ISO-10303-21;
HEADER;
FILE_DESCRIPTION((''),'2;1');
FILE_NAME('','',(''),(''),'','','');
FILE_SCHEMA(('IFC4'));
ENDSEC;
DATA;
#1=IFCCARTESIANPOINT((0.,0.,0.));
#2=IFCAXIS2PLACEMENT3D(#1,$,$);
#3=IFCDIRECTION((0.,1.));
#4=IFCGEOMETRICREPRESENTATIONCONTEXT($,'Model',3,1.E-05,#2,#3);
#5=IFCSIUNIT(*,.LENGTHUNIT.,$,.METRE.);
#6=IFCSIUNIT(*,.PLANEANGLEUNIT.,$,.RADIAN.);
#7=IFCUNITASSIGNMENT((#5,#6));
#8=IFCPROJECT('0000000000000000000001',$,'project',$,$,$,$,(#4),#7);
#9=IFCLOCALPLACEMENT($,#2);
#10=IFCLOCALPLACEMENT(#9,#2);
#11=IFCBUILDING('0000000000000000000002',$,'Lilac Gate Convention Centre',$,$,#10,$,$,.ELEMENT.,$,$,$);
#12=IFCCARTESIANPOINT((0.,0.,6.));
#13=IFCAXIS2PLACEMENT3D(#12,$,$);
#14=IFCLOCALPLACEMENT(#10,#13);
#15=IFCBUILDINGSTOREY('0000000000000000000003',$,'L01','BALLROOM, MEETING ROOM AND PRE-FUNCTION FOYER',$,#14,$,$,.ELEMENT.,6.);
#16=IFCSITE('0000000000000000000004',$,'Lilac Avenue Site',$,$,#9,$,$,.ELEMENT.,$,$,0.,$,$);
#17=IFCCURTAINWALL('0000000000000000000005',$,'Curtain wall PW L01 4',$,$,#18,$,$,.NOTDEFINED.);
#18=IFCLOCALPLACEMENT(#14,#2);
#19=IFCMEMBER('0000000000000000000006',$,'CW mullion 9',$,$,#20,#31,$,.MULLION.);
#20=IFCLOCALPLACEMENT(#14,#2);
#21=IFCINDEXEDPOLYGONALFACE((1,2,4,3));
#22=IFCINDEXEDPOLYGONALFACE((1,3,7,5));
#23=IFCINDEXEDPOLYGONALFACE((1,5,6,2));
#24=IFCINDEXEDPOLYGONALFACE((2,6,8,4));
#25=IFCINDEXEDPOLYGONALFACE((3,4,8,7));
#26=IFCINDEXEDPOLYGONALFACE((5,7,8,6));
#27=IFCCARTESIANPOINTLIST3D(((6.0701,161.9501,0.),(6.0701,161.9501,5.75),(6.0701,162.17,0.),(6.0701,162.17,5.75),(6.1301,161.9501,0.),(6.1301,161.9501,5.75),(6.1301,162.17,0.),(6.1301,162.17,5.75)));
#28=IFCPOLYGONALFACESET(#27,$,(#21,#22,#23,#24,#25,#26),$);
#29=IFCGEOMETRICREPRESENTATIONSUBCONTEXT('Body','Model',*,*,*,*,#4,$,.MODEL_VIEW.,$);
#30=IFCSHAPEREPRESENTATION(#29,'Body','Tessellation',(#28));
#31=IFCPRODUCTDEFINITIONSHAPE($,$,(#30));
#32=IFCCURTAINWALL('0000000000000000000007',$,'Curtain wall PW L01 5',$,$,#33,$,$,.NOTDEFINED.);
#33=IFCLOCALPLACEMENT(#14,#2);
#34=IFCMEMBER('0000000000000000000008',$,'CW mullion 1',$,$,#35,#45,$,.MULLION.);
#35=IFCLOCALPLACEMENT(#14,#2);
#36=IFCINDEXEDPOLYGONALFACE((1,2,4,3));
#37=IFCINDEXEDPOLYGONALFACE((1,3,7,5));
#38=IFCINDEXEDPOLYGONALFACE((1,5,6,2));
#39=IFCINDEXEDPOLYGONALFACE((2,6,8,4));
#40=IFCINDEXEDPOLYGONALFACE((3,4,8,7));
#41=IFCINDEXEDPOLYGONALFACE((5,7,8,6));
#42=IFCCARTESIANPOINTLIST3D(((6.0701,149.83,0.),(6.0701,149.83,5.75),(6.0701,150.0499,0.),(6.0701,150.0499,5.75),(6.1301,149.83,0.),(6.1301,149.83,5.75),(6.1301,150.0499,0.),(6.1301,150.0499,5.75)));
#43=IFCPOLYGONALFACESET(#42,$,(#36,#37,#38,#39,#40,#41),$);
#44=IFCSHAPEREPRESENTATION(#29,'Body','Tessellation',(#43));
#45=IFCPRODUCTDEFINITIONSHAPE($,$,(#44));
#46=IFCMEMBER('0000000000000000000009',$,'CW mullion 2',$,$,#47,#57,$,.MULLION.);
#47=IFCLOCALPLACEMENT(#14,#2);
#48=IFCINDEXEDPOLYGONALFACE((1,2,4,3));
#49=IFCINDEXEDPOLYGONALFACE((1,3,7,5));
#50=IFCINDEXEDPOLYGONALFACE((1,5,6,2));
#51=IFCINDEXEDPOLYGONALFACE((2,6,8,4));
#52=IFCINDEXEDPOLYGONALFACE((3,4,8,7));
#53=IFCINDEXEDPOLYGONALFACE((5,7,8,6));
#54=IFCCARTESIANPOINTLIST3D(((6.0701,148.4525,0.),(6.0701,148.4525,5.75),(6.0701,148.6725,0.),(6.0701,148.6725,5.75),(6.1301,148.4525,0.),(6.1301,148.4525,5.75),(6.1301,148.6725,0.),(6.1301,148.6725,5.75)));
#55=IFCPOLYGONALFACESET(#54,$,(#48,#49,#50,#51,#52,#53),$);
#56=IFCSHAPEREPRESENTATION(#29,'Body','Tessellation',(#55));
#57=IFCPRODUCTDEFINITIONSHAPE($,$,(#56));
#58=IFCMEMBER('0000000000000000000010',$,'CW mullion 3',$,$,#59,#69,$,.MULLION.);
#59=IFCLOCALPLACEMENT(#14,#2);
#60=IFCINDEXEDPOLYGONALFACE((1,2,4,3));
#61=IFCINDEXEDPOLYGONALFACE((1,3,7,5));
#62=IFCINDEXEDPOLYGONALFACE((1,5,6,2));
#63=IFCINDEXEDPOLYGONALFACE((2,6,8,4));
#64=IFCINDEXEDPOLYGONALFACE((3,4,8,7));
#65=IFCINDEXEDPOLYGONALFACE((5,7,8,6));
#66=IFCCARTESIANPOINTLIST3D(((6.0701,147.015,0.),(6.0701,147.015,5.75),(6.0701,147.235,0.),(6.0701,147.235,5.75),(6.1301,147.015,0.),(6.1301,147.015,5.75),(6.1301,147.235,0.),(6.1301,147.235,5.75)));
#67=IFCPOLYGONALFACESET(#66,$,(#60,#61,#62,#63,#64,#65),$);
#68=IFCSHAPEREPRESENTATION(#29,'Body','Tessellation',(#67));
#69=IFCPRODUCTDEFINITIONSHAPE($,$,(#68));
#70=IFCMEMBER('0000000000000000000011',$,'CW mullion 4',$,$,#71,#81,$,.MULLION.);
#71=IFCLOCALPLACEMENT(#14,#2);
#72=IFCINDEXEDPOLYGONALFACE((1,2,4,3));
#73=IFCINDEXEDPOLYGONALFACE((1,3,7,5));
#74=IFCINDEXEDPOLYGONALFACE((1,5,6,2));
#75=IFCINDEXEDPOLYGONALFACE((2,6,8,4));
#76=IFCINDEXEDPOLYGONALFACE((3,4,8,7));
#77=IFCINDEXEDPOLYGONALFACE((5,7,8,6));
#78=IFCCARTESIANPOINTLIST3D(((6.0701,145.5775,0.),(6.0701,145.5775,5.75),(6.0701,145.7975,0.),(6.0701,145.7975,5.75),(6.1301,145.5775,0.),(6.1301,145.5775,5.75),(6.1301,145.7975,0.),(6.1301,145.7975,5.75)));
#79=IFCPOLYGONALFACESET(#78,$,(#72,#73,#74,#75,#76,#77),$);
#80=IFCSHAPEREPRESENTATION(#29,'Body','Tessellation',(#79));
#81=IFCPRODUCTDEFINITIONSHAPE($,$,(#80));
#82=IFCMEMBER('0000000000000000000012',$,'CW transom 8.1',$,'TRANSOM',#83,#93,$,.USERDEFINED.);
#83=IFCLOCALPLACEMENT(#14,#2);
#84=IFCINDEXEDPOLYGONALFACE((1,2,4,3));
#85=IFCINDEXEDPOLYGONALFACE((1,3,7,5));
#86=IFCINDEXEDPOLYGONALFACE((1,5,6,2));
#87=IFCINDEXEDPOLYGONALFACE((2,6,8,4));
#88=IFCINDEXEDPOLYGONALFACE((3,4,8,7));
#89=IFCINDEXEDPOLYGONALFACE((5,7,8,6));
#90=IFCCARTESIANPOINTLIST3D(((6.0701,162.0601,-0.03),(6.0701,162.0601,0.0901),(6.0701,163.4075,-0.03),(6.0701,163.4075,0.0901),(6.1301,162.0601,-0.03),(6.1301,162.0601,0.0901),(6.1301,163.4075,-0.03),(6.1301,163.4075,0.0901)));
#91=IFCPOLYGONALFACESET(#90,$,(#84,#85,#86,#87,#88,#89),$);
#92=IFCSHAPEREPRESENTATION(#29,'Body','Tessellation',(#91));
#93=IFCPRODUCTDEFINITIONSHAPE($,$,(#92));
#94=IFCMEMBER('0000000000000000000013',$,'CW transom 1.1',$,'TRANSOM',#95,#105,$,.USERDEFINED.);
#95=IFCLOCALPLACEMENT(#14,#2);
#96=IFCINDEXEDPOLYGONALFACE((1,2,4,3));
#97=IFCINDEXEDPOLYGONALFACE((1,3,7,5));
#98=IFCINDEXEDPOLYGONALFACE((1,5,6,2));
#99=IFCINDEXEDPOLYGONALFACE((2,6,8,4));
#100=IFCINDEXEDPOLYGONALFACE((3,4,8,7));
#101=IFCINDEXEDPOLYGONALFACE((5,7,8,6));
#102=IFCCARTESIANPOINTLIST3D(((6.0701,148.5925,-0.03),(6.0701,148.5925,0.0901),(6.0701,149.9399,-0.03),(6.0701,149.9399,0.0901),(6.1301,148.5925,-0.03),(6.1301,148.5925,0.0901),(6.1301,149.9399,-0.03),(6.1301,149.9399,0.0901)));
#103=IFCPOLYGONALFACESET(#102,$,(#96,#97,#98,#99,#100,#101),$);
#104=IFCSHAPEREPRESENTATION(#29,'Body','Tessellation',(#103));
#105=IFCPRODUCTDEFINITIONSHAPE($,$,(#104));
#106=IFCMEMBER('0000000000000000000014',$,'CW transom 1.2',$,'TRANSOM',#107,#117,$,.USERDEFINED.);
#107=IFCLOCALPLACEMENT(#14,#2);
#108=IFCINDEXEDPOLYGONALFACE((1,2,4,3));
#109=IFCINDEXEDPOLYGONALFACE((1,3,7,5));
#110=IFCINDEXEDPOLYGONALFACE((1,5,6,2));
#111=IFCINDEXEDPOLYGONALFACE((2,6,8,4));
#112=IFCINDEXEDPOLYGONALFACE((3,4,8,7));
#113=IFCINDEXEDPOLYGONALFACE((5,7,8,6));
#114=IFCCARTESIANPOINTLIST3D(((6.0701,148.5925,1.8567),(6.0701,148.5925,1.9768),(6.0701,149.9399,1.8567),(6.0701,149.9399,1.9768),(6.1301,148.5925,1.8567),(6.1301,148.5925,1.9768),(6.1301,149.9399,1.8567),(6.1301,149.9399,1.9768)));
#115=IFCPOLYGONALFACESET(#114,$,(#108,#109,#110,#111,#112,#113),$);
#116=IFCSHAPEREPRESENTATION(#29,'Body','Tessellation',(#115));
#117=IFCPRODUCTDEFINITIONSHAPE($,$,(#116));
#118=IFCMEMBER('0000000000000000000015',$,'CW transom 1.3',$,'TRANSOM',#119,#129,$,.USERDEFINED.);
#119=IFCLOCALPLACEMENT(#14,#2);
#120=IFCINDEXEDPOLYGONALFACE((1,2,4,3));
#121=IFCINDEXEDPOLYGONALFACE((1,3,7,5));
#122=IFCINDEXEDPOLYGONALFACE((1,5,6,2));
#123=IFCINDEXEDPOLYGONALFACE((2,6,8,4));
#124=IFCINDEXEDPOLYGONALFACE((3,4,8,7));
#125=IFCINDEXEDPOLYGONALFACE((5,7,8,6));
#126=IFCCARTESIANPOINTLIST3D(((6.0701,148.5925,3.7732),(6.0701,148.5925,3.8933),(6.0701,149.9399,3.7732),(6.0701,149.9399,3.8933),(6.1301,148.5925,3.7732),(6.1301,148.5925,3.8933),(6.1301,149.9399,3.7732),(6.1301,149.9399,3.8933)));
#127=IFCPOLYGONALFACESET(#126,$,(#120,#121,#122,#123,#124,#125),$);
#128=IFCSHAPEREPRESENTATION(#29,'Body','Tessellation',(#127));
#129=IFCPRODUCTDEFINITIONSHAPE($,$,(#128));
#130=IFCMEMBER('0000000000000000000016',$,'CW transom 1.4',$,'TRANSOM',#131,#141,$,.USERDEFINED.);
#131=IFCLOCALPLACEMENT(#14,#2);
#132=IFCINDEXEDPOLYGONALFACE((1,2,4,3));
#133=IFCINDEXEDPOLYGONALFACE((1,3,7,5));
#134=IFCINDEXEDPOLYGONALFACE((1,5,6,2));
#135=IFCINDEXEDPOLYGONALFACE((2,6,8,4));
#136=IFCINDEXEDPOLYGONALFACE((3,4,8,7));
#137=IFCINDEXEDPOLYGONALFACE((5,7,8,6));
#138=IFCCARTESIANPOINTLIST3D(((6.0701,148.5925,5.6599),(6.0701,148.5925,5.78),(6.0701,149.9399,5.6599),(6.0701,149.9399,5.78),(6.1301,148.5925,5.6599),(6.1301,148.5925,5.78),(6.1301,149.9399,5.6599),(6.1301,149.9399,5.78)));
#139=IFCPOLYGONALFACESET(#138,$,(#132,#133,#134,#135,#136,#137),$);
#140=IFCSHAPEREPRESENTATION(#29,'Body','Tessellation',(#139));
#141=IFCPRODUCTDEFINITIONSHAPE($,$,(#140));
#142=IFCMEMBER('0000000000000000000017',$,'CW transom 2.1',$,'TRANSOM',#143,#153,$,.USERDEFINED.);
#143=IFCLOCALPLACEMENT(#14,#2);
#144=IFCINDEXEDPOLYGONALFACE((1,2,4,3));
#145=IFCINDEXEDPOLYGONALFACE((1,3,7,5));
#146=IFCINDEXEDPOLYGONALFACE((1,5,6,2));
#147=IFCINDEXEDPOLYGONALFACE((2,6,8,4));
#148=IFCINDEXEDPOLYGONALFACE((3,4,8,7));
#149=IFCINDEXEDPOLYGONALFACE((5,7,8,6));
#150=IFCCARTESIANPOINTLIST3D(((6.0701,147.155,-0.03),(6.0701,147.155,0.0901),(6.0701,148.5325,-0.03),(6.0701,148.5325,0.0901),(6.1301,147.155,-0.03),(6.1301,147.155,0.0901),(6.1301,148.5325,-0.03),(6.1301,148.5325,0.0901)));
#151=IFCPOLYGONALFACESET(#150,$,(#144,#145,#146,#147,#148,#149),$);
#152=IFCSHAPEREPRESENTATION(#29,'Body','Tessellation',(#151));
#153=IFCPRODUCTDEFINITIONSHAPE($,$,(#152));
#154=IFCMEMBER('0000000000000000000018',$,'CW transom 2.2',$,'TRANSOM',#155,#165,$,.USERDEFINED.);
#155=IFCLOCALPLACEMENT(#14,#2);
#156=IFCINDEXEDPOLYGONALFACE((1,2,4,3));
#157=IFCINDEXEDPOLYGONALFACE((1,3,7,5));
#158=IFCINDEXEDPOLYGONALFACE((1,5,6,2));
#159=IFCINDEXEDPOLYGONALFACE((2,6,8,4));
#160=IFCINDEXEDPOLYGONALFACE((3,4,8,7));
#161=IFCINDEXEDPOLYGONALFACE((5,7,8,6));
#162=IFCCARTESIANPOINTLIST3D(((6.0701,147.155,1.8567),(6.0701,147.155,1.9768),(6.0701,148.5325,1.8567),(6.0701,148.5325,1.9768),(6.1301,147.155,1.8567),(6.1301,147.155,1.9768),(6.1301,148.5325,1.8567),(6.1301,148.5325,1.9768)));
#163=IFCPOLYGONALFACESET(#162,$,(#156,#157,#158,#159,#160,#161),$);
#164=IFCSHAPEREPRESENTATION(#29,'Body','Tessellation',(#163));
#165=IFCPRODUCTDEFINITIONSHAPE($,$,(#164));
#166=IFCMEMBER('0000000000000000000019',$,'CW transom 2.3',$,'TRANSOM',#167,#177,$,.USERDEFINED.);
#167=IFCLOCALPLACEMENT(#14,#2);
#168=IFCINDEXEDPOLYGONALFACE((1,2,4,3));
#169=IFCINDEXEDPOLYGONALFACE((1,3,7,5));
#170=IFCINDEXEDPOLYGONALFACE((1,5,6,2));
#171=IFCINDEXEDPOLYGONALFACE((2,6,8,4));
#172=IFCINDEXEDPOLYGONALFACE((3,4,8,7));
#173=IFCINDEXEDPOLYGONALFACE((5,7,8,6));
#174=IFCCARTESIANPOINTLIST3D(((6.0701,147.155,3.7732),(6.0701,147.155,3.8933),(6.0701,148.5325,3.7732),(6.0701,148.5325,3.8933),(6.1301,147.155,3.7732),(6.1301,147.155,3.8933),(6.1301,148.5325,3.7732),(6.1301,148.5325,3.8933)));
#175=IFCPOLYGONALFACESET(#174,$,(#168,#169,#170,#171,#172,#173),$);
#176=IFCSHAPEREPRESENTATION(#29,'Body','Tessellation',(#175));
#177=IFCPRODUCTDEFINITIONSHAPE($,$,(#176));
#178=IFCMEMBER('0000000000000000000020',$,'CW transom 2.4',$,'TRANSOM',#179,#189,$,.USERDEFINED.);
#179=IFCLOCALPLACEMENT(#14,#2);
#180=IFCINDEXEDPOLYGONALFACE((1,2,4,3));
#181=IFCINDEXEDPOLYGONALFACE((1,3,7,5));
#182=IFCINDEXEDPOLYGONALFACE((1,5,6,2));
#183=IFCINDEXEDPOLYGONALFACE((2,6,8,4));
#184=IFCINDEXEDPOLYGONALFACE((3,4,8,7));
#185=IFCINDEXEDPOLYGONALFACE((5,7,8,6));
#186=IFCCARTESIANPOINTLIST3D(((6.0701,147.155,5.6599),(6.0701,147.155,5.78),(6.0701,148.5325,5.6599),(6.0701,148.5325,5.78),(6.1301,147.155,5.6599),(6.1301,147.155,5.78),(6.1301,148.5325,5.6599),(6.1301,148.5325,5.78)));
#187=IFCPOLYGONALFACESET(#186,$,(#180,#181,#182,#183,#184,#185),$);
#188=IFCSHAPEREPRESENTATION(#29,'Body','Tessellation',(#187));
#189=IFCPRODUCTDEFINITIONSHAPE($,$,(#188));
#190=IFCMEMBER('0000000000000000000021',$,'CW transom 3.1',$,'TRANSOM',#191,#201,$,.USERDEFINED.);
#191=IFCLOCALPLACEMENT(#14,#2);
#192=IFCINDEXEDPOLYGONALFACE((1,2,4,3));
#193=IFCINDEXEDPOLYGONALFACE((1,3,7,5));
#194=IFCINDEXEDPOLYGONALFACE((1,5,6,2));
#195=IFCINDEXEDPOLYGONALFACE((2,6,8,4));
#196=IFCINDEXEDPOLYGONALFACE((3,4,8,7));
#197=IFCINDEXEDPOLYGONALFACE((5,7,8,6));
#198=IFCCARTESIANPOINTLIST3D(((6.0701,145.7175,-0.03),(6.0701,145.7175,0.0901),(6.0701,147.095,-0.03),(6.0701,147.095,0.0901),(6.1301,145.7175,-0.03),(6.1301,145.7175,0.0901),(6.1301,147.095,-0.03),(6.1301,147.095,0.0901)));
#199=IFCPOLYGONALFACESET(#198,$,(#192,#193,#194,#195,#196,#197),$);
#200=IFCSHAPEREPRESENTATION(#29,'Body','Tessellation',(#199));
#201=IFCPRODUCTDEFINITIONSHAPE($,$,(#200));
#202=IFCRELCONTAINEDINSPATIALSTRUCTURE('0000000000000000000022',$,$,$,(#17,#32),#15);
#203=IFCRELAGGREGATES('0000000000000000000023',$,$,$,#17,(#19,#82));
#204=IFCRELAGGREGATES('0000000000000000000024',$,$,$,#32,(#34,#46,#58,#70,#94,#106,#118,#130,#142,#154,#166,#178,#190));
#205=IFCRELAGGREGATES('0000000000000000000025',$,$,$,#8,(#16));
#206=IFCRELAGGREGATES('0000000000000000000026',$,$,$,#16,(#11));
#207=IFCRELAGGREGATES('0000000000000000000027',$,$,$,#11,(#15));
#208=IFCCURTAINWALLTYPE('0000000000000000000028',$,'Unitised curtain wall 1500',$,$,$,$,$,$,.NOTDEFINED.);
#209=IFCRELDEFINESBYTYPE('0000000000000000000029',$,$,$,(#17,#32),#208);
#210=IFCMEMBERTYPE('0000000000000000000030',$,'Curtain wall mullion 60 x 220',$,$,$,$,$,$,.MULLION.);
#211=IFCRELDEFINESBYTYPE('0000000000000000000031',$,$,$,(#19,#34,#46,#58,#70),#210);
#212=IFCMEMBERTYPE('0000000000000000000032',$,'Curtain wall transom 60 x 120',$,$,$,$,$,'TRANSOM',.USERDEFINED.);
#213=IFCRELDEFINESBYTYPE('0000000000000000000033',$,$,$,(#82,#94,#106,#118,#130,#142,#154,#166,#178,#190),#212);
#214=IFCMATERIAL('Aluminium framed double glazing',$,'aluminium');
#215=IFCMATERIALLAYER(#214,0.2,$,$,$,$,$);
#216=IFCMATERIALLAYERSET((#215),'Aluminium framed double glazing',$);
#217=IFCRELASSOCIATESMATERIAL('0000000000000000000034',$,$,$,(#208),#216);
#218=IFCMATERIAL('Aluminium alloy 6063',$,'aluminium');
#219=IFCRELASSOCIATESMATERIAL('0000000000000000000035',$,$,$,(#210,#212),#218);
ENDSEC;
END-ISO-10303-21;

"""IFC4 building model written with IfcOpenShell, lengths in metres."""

from ifc_helpers import new_model, si_unit, direction, frame, origin, origin_2d, place, context, subcontext, project, spatial, rectangle, extrude, material, layer, layer_set, material_profile, profile_set, type_object, element, aggregate, save


model = new_model("IFC4")

# Units and contexts
model_context = context("Model", 3, precision=1e-05, world=origin(), true_north=direction((0.0, 1.0)))
body_context = subcontext(model_context, "Body", "Model", "MODEL_VIEW")
ifc_project = project(units=[si_unit("LENGTHUNIT", "METRE"), si_unit("PLANEANGLEUNIT", "RADIAN")], contexts=[model_context])

# Site, building, storey
site_placement = place(None, origin())
site = spatial("IfcSite", under=ifc_project, at=site_placement, Name="Lilac Avenue Site", CompositionType="ELEMENT", RefElevation=0.0)
building_placement = place(site_placement, origin())
building = spatial("IfcBuilding", under=site, at=building_placement, Name="Lilac Gate Convention Centre", CompositionType="ELEMENT")
storey_placement = place(building_placement, frame((0.0, 0.0, 6.0)))
storey = spatial("IfcBuildingStorey", under=building, at=storey_placement, Name="L01", Description="BALLROOM, MEETING ROOM AND PRE-FUNCTION FOYER", CompositionType="ELEMENT", Elevation=6.0)

# Curtain wall, member
ifc_material_1 = material(Name="Aluminium framed double glazing", Category="aluminium")
ifc_layer_1 = layer(ifc_material_1, 0.2)
ifc_layer_set_1 = layer_set([ifc_layer_1], Name="Aluminium framed double glazing")
curtain_wall_type = type_object("IfcCurtainWallType", Name="Unitised curtain wall 1500", PredefinedType="NOTDEFINED", material=ifc_layer_set_1)
curtain_wall_1_placement = place(storey_placement, origin())
curtain_wall_1 = element("IfcCurtainWall", 1, at=curtain_wall_1_placement, inside=storey, type_object=curtain_wall_type, Name="Curtain wall PW L01 4", PredefinedType="NOTDEFINED")
ifc_material_2 = material(Name="Aluminium alloy 6063", Category="aluminium")
ifc_material_profile_1 = material_profile(ifc_material_2, rectangle(XDim=0.0601, YDim=0.22, at=origin_2d()), Name="Curtain wall mullion 60 x 220")
ifc_profile_set_1 = profile_set([ifc_material_profile_1], Name="Aluminium alloy 6063")
member_type_1 = type_object("IfcMemberType", Name="Curtain wall mullion 60 x 220", PredefinedType="MULLION", material=ifc_profile_set_1)
member_1_placement = place(storey_placement, frame((6.1001, 162.0601, 0.0), z_axis=(0.0, 0.0, 1.0), x_axis=(1.0, 0.0, 0.0)))
member_1 = element("IfcMember", 2, at=member_1_placement, type_object=member_type_1, Name="CW mullion 9", PredefinedType="MULLION", context=body_context, shape_type="SweptSolid", body=[
    extrude(rectangle(XDim=0.0601, YDim=0.22, at=origin_2d()), origin(), (0.0, 0.0, 1.0), 5.75),
])

# Curtain wall, members
curtain_wall_2_placement = place(storey_placement, origin())
curtain_wall_2 = element("IfcCurtainWall", 3, at=curtain_wall_2_placement, inside=storey, type_object=curtain_wall_type, Name="Curtain wall PW L01 5", PredefinedType="NOTDEFINED")
member_2_placement = place(storey_placement, frame((6.1001, 149.9399, 0.0), z_axis=(0.0, 0.0, 1.0), x_axis=(1.0, 0.0, 0.0)))
member_2 = element("IfcMember", 4, at=member_2_placement, type_object=member_type_1, Name="CW mullion 1", PredefinedType="MULLION", context=body_context, shape_type="SweptSolid", body=[
    extrude(rectangle(XDim=0.0601, YDim=0.22, at=origin_2d()), origin(), (0.0, 0.0, 1.0), 5.75),
])
member_3_placement = place(storey_placement, frame((6.1001, 148.5625, 0.0), z_axis=(0.0, 0.0, 1.0), x_axis=(1.0, 0.0, 0.0)))
member_3 = element("IfcMember", 5, at=member_3_placement, type_object=member_type_1, Name="CW mullion 2", PredefinedType="MULLION", context=body_context, shape_type="SweptSolid", body=[
    extrude(rectangle(XDim=0.0601, YDim=0.22, at=origin_2d()), origin(), (0.0, 0.0, 1.0), 5.75),
])
member_4_placement = place(storey_placement, frame((6.1001, 147.125, 0.0), z_axis=(0.0, 0.0, 1.0), x_axis=(1.0, 0.0, 0.0)))
member_4 = element("IfcMember", 6, at=member_4_placement, type_object=member_type_1, Name="CW mullion 3", PredefinedType="MULLION", context=body_context, shape_type="SweptSolid", body=[
    extrude(rectangle(XDim=0.0601, YDim=0.22, at=origin_2d()), origin(), (0.0, 0.0, 1.0), 5.75),
])
member_5_placement = place(storey_placement, frame((6.1001, 145.6875, 0.0), z_axis=(0.0, 0.0, 1.0), x_axis=(1.0, 0.0, 0.0)))
member_5 = element("IfcMember", 7, at=member_5_placement, type_object=member_type_1, Name="CW mullion 4", PredefinedType="MULLION", context=body_context, shape_type="SweptSolid", body=[
    extrude(rectangle(XDim=0.0601, YDim=0.22, at=origin_2d()), origin(), (0.0, 0.0, 1.0), 5.75),
])

# Members
ifc_material_profile_2 = material_profile(ifc_material_2, rectangle(XDim=0.0601, YDim=0.1201, at=origin_2d()), Name="Curtain wall transom 60 x 120")
ifc_profile_set_2 = profile_set([ifc_material_profile_2], Name="Aluminium alloy 6063")
member_type_2 = type_object("IfcMemberType", Name="Curtain wall transom 60 x 120", ElementType="TRANSOM", PredefinedType="USERDEFINED", material=ifc_profile_set_2)
member_6_placement = place(storey_placement, frame((6.1001, 163.4075, 0.03), z_axis=(0.0, -1.0, 0.0), x_axis=(1.0, 0.0, 0.0)))
member_6 = element("IfcMember", 8, at=member_6_placement, type_object=member_type_2, Name="CW transom 8.1", ObjectType="TRANSOM", PredefinedType="USERDEFINED", context=body_context, shape_type="SweptSolid", body=[
    extrude(rectangle(XDim=0.0601, YDim=0.1201, at=origin_2d()), origin(), (0.0, 0.0, 1.0), 1.3474),
])
member_7_placement = place(storey_placement, frame((6.1001, 149.9399, 0.03), z_axis=(0.0, -1.0, 0.0), x_axis=(1.0, 0.0, 0.0)))
member_7 = element("IfcMember", 9, at=member_7_placement, type_object=member_type_2, Name="CW transom 1.1", ObjectType="TRANSOM", PredefinedType="USERDEFINED", context=body_context, shape_type="SweptSolid", body=[
    extrude(rectangle(XDim=0.0601, YDim=0.1201, at=origin_2d()), origin(), (0.0, 0.0, 1.0), 1.3474),
])
member_8_placement = place(storey_placement, frame((6.1001, 149.9399, 1.9167), z_axis=(0.0, -1.0, 0.0), x_axis=(1.0, 0.0, 0.0)))
member_8 = element("IfcMember", 10, at=member_8_placement, type_object=member_type_2, Name="CW transom 1.2", ObjectType="TRANSOM", PredefinedType="USERDEFINED", context=body_context, shape_type="SweptSolid", body=[
    extrude(rectangle(XDim=0.0601, YDim=0.1201, at=origin_2d()), origin(), (0.0, 0.0, 1.0), 1.3474),
])
member_9_placement = place(storey_placement, frame((6.1001, 149.9399, 3.8333), z_axis=(0.0, -1.0, 0.0), x_axis=(1.0, 0.0, 0.0)))
member_9 = element("IfcMember", 11, at=member_9_placement, type_object=member_type_2, Name="CW transom 1.3", ObjectType="TRANSOM", PredefinedType="USERDEFINED", context=body_context, shape_type="SweptSolid", body=[
    extrude(rectangle(XDim=0.0601, YDim=0.1201, at=origin_2d()), origin(), (0.0, 0.0, 1.0), 1.3474),
])
member_10_placement = place(storey_placement, frame((6.1001, 149.9399, 5.72), z_axis=(0.0, -1.0, 0.0), x_axis=(1.0, 0.0, 0.0)))
member_10 = element("IfcMember", 12, at=member_10_placement, type_object=member_type_2, Name="CW transom 1.4", ObjectType="TRANSOM", PredefinedType="USERDEFINED", context=body_context, shape_type="SweptSolid", body=[
    extrude(rectangle(XDim=0.0601, YDim=0.1201, at=origin_2d()), origin(), (0.0, 0.0, 1.0), 1.3474),
])
member_11_placement = place(storey_placement, frame((6.1001, 148.5325, 0.03), z_axis=(0.0, -1.0, 0.0), x_axis=(1.0, 0.0, 0.0)))
member_11 = element("IfcMember", 13, at=member_11_placement, type_object=member_type_2, Name="CW transom 2.1", ObjectType="TRANSOM", PredefinedType="USERDEFINED", context=body_context, shape_type="SweptSolid", body=[
    extrude(rectangle(XDim=0.0601, YDim=0.1201, at=origin_2d()), origin(), (0.0, 0.0, 1.0), 1.3774),
])
member_12_placement = place(storey_placement, frame((6.1001, 148.5325, 1.9167), z_axis=(0.0, -1.0, 0.0), x_axis=(1.0, 0.0, 0.0)))
member_12 = element("IfcMember", 14, at=member_12_placement, type_object=member_type_2, Name="CW transom 2.2", ObjectType="TRANSOM", PredefinedType="USERDEFINED", context=body_context, shape_type="SweptSolid", body=[
    extrude(rectangle(XDim=0.0601, YDim=0.1201, at=origin_2d()), origin(), (0.0, 0.0, 1.0), 1.3774),
])
member_13_placement = place(storey_placement, frame((6.1001, 148.5325, 3.8333), z_axis=(0.0, -1.0, 0.0), x_axis=(1.0, 0.0, 0.0)))
member_13 = element("IfcMember", 15, at=member_13_placement, type_object=member_type_2, Name="CW transom 2.3", ObjectType="TRANSOM", PredefinedType="USERDEFINED", context=body_context, shape_type="SweptSolid", body=[
    extrude(rectangle(XDim=0.0601, YDim=0.1201, at=origin_2d()), origin(), (0.0, 0.0, 1.0), 1.3774),
])
member_14_placement = place(storey_placement, frame((6.1001, 148.5325, 5.72), z_axis=(0.0, -1.0, 0.0), x_axis=(1.0, 0.0, 0.0)))
member_14 = element("IfcMember", 16, at=member_14_placement, type_object=member_type_2, Name="CW transom 2.4", ObjectType="TRANSOM", PredefinedType="USERDEFINED", context=body_context, shape_type="SweptSolid", body=[
    extrude(rectangle(XDim=0.0601, YDim=0.1201, at=origin_2d()), origin(), (0.0, 0.0, 1.0), 1.3774),
])
member_15_placement = place(storey_placement, frame((6.1001, 147.095, 0.03), z_axis=(0.0, -1.0, 0.0), x_axis=(1.0, 0.0, 0.0)))
member_15 = element("IfcMember", 17, at=member_15_placement, type_object=member_type_2, Name="CW transom 3.1", ObjectType="TRANSOM", PredefinedType="USERDEFINED", context=body_context, shape_type="SweptSolid", body=[
    extrude(rectangle(XDim=0.0601, YDim=0.1201, at=origin_2d()), origin(), (0.0, 0.0, 1.0), 1.3774),
])

aggregate(curtain_wall_1, [member_1, member_6])
aggregate(curtain_wall_2, [member_2, member_3, member_4, member_5, member_7, member_8, member_9, member_10, member_11, member_12, member_13, member_14, member_15])

save(model, "model.ifc")
